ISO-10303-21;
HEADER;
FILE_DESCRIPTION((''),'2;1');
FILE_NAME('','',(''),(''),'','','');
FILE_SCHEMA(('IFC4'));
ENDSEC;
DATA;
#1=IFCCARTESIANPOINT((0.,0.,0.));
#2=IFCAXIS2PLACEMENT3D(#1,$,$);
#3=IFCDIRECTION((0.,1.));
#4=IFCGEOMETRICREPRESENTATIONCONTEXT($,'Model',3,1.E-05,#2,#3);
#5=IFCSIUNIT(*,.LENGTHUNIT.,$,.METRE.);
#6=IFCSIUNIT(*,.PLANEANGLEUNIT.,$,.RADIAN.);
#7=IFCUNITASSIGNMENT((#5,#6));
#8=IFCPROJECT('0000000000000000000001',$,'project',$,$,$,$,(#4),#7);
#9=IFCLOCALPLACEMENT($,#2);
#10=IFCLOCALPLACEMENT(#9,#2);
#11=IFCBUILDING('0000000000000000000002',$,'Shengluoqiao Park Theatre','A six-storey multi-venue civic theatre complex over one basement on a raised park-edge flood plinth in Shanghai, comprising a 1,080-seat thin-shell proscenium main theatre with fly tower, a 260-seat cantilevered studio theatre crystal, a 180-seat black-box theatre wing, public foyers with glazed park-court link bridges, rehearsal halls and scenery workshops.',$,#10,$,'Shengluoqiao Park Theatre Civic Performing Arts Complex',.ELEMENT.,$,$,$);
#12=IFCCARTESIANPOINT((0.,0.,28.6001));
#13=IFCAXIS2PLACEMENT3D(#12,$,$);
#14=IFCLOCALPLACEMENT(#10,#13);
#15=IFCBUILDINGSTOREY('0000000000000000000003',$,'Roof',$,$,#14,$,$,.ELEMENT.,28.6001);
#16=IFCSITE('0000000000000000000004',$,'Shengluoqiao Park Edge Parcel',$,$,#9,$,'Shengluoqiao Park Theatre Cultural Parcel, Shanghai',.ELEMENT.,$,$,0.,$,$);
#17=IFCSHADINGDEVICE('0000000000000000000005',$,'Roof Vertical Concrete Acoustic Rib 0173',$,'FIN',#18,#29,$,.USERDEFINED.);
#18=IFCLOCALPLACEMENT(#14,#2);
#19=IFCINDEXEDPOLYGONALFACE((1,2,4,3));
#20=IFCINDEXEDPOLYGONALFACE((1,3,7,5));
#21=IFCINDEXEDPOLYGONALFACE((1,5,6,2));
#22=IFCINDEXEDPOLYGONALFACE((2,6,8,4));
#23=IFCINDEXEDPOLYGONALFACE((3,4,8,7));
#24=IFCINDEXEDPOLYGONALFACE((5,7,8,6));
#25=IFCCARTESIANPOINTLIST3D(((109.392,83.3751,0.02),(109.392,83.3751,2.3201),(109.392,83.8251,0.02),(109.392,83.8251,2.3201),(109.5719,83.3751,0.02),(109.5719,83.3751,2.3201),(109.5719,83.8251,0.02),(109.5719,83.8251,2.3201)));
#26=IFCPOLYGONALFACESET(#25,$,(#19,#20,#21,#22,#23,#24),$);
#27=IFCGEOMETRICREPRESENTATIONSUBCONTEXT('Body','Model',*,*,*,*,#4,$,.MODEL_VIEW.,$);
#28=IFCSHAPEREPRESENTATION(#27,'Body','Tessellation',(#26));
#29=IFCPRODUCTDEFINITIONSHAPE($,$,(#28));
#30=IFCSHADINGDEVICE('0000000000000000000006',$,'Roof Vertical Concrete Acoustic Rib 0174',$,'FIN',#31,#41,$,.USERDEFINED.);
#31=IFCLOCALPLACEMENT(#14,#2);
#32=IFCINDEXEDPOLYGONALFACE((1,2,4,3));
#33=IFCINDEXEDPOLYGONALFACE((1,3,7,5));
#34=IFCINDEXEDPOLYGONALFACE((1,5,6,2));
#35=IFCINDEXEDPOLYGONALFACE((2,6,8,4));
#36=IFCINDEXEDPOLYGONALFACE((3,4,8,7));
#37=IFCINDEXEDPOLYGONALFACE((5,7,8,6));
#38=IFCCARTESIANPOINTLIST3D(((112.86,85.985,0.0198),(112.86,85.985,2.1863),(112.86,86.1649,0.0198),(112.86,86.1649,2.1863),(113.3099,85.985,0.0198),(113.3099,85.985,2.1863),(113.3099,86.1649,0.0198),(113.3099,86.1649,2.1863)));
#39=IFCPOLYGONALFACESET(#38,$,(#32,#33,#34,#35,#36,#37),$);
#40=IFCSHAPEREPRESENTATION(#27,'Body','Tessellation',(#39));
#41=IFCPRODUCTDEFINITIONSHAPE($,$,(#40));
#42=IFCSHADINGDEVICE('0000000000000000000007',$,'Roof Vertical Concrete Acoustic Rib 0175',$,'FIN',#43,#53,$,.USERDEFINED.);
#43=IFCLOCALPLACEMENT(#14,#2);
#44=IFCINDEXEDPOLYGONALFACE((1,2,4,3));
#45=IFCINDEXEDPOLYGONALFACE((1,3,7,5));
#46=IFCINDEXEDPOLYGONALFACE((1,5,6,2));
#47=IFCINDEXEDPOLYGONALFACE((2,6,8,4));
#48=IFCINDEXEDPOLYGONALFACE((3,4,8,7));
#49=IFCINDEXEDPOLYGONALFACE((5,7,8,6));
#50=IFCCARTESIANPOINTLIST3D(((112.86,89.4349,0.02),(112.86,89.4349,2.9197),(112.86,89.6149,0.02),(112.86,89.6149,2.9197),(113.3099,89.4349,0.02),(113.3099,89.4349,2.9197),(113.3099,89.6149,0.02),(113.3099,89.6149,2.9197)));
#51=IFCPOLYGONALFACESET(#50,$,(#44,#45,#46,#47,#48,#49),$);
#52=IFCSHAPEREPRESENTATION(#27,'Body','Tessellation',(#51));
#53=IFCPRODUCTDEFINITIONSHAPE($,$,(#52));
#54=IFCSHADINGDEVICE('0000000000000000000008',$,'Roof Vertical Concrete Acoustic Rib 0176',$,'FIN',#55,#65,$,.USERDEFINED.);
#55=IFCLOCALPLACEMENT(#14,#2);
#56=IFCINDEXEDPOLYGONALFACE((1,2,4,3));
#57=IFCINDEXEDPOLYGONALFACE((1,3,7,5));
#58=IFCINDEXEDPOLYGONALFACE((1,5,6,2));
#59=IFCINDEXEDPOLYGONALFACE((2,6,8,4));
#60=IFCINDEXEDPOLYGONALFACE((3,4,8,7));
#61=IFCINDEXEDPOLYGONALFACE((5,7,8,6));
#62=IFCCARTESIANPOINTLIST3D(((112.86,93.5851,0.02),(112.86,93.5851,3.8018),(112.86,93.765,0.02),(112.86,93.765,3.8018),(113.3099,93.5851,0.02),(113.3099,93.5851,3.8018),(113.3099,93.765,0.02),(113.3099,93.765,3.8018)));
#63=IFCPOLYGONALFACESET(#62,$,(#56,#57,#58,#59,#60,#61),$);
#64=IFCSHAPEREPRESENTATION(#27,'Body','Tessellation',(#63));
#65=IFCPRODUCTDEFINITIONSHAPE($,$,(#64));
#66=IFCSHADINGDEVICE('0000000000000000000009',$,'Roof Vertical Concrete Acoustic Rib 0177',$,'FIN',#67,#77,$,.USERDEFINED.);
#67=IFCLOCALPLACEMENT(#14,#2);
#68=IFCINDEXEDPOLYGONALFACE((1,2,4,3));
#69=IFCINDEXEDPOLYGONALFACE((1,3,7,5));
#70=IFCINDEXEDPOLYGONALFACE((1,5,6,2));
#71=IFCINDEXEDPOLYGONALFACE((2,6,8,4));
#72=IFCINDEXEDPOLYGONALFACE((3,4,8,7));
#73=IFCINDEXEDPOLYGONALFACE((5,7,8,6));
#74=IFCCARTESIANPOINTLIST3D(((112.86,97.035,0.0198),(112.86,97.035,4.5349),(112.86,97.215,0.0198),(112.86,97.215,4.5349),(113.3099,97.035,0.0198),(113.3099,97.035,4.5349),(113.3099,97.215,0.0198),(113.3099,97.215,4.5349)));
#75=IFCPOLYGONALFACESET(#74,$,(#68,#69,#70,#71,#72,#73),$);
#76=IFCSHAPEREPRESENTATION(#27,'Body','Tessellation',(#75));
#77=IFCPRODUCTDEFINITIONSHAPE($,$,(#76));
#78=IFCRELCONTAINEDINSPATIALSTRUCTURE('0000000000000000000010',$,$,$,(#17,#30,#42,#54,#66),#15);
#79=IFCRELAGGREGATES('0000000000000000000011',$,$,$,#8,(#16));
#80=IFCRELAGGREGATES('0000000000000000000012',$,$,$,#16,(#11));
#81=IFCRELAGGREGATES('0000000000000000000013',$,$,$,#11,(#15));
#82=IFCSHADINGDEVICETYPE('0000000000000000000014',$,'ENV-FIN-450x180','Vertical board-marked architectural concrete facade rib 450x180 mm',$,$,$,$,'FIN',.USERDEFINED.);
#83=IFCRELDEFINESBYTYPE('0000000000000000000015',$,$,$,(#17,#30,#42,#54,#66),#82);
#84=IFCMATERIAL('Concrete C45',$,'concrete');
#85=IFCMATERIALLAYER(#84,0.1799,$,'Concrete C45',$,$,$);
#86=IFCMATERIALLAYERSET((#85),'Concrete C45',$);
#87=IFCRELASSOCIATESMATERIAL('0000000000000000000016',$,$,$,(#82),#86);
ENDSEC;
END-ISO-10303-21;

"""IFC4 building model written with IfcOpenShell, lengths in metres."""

from ifc_helpers import new_model, si_unit, direction, frame, origin, origin_2d, place, context, subcontext, project, spatial, rectangle, extrude, material, layer, layer_set, type_object, element, save


model = new_model("IFC4")

# Units and contexts
model_context = context("Model", 3, precision=1e-05, world=origin(), true_north=direction((0.0, 1.0)))
body_context = subcontext(model_context, "Body", "Model", "MODEL_VIEW")
ifc_project = project(units=[si_unit("LENGTHUNIT", "METRE"), si_unit("PLANEANGLEUNIT", "RADIAN")], contexts=[model_context])

# Site, building, storey
site_placement = place(None, origin())
site = spatial("IfcSite", under=ifc_project, at=site_placement, Name="Shengluoqiao Park Edge Parcel", LongName="Shengluoqiao Park Theatre Cultural Parcel, Shanghai", CompositionType="ELEMENT", RefElevation=0.0)
building_placement = place(site_placement, origin())
building = spatial("IfcBuilding", under=site, at=building_placement, Name="Shengluoqiao Park Theatre", Description="A six-storey multi-venue civic theatre complex over one basement on a raised park-edge flood plinth in Shanghai, comprising a 1,080-seat thin-shell proscenium main theatre with fly tower, a 260-seat cantilevered studio theatre crystal, a 180-seat black-box theatre wing, public foyers with glazed park-court link bridges, rehearsal halls and scenery workshops.", LongName="Shengluoqiao Park Theatre Civic Performing Arts Complex", CompositionType="ELEMENT")
storey_placement = place(building_placement, frame((0.0, 0.0, 28.6001)))
storey = spatial("IfcBuildingStorey", under=building, at=storey_placement, Name="Roof", CompositionType="ELEMENT", Elevation=28.6001)

# Shared definitions
ifc_material_1 = material(Name="Concrete C45", Category="concrete")

# Shading devices
ifc_layer_1 = layer(ifc_material_1, 0.1799, Name="Concrete C45")
ifc_layer_set_1 = layer_set([ifc_layer_1], Name="Concrete C45")
shading_device_type = type_object("IfcShadingDeviceType", Name="ENV-FIN-450x180", Description="Vertical board-marked architectural concrete facade rib 450x180 mm", ElementType="FIN", PredefinedType="USERDEFINED", material=ifc_layer_set_1)
for number, where, z_axis, x_axis, name in (
    (1, (109.4819, 83.6001, 0.02), (0.0, 0.0, 1.0), (0.0, -1.0, 0.0), "Roof Vertical Concrete Acoustic Rib 0173"),
):
    element("IfcShadingDevice", number, at=place(storey_placement, frame(where, z_axis=z_axis, x_axis=x_axis)), inside=storey, type_object=shading_device_type, Name=name, ObjectType="FIN", PredefinedType="USERDEFINED", context=body_context, shape_type="SweptSolid", body=[
        extrude(rectangle(XDim=0.45, YDim=0.1799, at=origin_2d()), origin(), (0.0, 0.0, 1.0), 2.3),
    ])
shading_device_1_placement = place(storey_placement, frame((113.085, 86.075, 0.0198), z_axis=(0.0, 0.0, 1.0), x_axis=(1.0, 0.0, 0.0)))
element("IfcShadingDevice", 2, at=shading_device_1_placement, inside=storey, type_object=shading_device_type, Name="Roof Vertical Concrete Acoustic Rib 0174", ObjectType="FIN", PredefinedType="USERDEFINED", context=body_context, shape_type="SweptSolid", body=[
    extrude(rectangle(XDim=0.45, YDim=0.1799, at=origin_2d()), origin(), (0.0, 0.0, 1.0), 2.1665),
])
shading_device_2_placement = place(storey_placement, frame((113.085, 89.5249, 0.02), z_axis=(0.0, 0.0, 1.0), x_axis=(1.0, 0.0, 0.0)))
element("IfcShadingDevice", 3, at=shading_device_2_placement, inside=storey, type_object=shading_device_type, Name="Roof Vertical Concrete Acoustic Rib 0175", ObjectType="FIN", PredefinedType="USERDEFINED", context=body_context, shape_type="SweptSolid", body=[
    extrude(rectangle(XDim=0.45, YDim=0.1799, at=origin_2d()), origin(), (0.0, 0.0, 1.0), 2.8997),
])
shading_device_3_placement = place(storey_placement, frame((113.085, 93.675, 0.02), z_axis=(0.0, 0.0, 1.0), x_axis=(1.0, 0.0, 0.0)))
element("IfcShadingDevice", 4, at=shading_device_3_placement, inside=storey, type_object=shading_device_type, Name="Roof Vertical Concrete Acoustic Rib 0176", ObjectType="FIN", PredefinedType="USERDEFINED", context=body_context, shape_type="SweptSolid", body=[
    extrude(rectangle(XDim=0.45, YDim=0.1799, at=origin_2d()), origin(), (0.0, 0.0, 1.0), 3.7817),
])
shading_device_4_placement = place(storey_placement, frame((113.085, 97.125, 0.0198), z_axis=(0.0, 0.0, 1.0), x_axis=(1.0, 0.0, 0.0)))
element("IfcShadingDevice", 5, at=shading_device_4_placement, inside=storey, type_object=shading_device_type, Name="Roof Vertical Concrete Acoustic Rib 0177", ObjectType="FIN", PredefinedType="USERDEFINED", context=body_context, shape_type="SweptSolid", body=[
    extrude(rectangle(XDim=0.45, YDim=0.1799, at=origin_2d()), origin(), (0.0, 0.0, 1.0), 4.5151),
])

save(model, "model.ifc")
